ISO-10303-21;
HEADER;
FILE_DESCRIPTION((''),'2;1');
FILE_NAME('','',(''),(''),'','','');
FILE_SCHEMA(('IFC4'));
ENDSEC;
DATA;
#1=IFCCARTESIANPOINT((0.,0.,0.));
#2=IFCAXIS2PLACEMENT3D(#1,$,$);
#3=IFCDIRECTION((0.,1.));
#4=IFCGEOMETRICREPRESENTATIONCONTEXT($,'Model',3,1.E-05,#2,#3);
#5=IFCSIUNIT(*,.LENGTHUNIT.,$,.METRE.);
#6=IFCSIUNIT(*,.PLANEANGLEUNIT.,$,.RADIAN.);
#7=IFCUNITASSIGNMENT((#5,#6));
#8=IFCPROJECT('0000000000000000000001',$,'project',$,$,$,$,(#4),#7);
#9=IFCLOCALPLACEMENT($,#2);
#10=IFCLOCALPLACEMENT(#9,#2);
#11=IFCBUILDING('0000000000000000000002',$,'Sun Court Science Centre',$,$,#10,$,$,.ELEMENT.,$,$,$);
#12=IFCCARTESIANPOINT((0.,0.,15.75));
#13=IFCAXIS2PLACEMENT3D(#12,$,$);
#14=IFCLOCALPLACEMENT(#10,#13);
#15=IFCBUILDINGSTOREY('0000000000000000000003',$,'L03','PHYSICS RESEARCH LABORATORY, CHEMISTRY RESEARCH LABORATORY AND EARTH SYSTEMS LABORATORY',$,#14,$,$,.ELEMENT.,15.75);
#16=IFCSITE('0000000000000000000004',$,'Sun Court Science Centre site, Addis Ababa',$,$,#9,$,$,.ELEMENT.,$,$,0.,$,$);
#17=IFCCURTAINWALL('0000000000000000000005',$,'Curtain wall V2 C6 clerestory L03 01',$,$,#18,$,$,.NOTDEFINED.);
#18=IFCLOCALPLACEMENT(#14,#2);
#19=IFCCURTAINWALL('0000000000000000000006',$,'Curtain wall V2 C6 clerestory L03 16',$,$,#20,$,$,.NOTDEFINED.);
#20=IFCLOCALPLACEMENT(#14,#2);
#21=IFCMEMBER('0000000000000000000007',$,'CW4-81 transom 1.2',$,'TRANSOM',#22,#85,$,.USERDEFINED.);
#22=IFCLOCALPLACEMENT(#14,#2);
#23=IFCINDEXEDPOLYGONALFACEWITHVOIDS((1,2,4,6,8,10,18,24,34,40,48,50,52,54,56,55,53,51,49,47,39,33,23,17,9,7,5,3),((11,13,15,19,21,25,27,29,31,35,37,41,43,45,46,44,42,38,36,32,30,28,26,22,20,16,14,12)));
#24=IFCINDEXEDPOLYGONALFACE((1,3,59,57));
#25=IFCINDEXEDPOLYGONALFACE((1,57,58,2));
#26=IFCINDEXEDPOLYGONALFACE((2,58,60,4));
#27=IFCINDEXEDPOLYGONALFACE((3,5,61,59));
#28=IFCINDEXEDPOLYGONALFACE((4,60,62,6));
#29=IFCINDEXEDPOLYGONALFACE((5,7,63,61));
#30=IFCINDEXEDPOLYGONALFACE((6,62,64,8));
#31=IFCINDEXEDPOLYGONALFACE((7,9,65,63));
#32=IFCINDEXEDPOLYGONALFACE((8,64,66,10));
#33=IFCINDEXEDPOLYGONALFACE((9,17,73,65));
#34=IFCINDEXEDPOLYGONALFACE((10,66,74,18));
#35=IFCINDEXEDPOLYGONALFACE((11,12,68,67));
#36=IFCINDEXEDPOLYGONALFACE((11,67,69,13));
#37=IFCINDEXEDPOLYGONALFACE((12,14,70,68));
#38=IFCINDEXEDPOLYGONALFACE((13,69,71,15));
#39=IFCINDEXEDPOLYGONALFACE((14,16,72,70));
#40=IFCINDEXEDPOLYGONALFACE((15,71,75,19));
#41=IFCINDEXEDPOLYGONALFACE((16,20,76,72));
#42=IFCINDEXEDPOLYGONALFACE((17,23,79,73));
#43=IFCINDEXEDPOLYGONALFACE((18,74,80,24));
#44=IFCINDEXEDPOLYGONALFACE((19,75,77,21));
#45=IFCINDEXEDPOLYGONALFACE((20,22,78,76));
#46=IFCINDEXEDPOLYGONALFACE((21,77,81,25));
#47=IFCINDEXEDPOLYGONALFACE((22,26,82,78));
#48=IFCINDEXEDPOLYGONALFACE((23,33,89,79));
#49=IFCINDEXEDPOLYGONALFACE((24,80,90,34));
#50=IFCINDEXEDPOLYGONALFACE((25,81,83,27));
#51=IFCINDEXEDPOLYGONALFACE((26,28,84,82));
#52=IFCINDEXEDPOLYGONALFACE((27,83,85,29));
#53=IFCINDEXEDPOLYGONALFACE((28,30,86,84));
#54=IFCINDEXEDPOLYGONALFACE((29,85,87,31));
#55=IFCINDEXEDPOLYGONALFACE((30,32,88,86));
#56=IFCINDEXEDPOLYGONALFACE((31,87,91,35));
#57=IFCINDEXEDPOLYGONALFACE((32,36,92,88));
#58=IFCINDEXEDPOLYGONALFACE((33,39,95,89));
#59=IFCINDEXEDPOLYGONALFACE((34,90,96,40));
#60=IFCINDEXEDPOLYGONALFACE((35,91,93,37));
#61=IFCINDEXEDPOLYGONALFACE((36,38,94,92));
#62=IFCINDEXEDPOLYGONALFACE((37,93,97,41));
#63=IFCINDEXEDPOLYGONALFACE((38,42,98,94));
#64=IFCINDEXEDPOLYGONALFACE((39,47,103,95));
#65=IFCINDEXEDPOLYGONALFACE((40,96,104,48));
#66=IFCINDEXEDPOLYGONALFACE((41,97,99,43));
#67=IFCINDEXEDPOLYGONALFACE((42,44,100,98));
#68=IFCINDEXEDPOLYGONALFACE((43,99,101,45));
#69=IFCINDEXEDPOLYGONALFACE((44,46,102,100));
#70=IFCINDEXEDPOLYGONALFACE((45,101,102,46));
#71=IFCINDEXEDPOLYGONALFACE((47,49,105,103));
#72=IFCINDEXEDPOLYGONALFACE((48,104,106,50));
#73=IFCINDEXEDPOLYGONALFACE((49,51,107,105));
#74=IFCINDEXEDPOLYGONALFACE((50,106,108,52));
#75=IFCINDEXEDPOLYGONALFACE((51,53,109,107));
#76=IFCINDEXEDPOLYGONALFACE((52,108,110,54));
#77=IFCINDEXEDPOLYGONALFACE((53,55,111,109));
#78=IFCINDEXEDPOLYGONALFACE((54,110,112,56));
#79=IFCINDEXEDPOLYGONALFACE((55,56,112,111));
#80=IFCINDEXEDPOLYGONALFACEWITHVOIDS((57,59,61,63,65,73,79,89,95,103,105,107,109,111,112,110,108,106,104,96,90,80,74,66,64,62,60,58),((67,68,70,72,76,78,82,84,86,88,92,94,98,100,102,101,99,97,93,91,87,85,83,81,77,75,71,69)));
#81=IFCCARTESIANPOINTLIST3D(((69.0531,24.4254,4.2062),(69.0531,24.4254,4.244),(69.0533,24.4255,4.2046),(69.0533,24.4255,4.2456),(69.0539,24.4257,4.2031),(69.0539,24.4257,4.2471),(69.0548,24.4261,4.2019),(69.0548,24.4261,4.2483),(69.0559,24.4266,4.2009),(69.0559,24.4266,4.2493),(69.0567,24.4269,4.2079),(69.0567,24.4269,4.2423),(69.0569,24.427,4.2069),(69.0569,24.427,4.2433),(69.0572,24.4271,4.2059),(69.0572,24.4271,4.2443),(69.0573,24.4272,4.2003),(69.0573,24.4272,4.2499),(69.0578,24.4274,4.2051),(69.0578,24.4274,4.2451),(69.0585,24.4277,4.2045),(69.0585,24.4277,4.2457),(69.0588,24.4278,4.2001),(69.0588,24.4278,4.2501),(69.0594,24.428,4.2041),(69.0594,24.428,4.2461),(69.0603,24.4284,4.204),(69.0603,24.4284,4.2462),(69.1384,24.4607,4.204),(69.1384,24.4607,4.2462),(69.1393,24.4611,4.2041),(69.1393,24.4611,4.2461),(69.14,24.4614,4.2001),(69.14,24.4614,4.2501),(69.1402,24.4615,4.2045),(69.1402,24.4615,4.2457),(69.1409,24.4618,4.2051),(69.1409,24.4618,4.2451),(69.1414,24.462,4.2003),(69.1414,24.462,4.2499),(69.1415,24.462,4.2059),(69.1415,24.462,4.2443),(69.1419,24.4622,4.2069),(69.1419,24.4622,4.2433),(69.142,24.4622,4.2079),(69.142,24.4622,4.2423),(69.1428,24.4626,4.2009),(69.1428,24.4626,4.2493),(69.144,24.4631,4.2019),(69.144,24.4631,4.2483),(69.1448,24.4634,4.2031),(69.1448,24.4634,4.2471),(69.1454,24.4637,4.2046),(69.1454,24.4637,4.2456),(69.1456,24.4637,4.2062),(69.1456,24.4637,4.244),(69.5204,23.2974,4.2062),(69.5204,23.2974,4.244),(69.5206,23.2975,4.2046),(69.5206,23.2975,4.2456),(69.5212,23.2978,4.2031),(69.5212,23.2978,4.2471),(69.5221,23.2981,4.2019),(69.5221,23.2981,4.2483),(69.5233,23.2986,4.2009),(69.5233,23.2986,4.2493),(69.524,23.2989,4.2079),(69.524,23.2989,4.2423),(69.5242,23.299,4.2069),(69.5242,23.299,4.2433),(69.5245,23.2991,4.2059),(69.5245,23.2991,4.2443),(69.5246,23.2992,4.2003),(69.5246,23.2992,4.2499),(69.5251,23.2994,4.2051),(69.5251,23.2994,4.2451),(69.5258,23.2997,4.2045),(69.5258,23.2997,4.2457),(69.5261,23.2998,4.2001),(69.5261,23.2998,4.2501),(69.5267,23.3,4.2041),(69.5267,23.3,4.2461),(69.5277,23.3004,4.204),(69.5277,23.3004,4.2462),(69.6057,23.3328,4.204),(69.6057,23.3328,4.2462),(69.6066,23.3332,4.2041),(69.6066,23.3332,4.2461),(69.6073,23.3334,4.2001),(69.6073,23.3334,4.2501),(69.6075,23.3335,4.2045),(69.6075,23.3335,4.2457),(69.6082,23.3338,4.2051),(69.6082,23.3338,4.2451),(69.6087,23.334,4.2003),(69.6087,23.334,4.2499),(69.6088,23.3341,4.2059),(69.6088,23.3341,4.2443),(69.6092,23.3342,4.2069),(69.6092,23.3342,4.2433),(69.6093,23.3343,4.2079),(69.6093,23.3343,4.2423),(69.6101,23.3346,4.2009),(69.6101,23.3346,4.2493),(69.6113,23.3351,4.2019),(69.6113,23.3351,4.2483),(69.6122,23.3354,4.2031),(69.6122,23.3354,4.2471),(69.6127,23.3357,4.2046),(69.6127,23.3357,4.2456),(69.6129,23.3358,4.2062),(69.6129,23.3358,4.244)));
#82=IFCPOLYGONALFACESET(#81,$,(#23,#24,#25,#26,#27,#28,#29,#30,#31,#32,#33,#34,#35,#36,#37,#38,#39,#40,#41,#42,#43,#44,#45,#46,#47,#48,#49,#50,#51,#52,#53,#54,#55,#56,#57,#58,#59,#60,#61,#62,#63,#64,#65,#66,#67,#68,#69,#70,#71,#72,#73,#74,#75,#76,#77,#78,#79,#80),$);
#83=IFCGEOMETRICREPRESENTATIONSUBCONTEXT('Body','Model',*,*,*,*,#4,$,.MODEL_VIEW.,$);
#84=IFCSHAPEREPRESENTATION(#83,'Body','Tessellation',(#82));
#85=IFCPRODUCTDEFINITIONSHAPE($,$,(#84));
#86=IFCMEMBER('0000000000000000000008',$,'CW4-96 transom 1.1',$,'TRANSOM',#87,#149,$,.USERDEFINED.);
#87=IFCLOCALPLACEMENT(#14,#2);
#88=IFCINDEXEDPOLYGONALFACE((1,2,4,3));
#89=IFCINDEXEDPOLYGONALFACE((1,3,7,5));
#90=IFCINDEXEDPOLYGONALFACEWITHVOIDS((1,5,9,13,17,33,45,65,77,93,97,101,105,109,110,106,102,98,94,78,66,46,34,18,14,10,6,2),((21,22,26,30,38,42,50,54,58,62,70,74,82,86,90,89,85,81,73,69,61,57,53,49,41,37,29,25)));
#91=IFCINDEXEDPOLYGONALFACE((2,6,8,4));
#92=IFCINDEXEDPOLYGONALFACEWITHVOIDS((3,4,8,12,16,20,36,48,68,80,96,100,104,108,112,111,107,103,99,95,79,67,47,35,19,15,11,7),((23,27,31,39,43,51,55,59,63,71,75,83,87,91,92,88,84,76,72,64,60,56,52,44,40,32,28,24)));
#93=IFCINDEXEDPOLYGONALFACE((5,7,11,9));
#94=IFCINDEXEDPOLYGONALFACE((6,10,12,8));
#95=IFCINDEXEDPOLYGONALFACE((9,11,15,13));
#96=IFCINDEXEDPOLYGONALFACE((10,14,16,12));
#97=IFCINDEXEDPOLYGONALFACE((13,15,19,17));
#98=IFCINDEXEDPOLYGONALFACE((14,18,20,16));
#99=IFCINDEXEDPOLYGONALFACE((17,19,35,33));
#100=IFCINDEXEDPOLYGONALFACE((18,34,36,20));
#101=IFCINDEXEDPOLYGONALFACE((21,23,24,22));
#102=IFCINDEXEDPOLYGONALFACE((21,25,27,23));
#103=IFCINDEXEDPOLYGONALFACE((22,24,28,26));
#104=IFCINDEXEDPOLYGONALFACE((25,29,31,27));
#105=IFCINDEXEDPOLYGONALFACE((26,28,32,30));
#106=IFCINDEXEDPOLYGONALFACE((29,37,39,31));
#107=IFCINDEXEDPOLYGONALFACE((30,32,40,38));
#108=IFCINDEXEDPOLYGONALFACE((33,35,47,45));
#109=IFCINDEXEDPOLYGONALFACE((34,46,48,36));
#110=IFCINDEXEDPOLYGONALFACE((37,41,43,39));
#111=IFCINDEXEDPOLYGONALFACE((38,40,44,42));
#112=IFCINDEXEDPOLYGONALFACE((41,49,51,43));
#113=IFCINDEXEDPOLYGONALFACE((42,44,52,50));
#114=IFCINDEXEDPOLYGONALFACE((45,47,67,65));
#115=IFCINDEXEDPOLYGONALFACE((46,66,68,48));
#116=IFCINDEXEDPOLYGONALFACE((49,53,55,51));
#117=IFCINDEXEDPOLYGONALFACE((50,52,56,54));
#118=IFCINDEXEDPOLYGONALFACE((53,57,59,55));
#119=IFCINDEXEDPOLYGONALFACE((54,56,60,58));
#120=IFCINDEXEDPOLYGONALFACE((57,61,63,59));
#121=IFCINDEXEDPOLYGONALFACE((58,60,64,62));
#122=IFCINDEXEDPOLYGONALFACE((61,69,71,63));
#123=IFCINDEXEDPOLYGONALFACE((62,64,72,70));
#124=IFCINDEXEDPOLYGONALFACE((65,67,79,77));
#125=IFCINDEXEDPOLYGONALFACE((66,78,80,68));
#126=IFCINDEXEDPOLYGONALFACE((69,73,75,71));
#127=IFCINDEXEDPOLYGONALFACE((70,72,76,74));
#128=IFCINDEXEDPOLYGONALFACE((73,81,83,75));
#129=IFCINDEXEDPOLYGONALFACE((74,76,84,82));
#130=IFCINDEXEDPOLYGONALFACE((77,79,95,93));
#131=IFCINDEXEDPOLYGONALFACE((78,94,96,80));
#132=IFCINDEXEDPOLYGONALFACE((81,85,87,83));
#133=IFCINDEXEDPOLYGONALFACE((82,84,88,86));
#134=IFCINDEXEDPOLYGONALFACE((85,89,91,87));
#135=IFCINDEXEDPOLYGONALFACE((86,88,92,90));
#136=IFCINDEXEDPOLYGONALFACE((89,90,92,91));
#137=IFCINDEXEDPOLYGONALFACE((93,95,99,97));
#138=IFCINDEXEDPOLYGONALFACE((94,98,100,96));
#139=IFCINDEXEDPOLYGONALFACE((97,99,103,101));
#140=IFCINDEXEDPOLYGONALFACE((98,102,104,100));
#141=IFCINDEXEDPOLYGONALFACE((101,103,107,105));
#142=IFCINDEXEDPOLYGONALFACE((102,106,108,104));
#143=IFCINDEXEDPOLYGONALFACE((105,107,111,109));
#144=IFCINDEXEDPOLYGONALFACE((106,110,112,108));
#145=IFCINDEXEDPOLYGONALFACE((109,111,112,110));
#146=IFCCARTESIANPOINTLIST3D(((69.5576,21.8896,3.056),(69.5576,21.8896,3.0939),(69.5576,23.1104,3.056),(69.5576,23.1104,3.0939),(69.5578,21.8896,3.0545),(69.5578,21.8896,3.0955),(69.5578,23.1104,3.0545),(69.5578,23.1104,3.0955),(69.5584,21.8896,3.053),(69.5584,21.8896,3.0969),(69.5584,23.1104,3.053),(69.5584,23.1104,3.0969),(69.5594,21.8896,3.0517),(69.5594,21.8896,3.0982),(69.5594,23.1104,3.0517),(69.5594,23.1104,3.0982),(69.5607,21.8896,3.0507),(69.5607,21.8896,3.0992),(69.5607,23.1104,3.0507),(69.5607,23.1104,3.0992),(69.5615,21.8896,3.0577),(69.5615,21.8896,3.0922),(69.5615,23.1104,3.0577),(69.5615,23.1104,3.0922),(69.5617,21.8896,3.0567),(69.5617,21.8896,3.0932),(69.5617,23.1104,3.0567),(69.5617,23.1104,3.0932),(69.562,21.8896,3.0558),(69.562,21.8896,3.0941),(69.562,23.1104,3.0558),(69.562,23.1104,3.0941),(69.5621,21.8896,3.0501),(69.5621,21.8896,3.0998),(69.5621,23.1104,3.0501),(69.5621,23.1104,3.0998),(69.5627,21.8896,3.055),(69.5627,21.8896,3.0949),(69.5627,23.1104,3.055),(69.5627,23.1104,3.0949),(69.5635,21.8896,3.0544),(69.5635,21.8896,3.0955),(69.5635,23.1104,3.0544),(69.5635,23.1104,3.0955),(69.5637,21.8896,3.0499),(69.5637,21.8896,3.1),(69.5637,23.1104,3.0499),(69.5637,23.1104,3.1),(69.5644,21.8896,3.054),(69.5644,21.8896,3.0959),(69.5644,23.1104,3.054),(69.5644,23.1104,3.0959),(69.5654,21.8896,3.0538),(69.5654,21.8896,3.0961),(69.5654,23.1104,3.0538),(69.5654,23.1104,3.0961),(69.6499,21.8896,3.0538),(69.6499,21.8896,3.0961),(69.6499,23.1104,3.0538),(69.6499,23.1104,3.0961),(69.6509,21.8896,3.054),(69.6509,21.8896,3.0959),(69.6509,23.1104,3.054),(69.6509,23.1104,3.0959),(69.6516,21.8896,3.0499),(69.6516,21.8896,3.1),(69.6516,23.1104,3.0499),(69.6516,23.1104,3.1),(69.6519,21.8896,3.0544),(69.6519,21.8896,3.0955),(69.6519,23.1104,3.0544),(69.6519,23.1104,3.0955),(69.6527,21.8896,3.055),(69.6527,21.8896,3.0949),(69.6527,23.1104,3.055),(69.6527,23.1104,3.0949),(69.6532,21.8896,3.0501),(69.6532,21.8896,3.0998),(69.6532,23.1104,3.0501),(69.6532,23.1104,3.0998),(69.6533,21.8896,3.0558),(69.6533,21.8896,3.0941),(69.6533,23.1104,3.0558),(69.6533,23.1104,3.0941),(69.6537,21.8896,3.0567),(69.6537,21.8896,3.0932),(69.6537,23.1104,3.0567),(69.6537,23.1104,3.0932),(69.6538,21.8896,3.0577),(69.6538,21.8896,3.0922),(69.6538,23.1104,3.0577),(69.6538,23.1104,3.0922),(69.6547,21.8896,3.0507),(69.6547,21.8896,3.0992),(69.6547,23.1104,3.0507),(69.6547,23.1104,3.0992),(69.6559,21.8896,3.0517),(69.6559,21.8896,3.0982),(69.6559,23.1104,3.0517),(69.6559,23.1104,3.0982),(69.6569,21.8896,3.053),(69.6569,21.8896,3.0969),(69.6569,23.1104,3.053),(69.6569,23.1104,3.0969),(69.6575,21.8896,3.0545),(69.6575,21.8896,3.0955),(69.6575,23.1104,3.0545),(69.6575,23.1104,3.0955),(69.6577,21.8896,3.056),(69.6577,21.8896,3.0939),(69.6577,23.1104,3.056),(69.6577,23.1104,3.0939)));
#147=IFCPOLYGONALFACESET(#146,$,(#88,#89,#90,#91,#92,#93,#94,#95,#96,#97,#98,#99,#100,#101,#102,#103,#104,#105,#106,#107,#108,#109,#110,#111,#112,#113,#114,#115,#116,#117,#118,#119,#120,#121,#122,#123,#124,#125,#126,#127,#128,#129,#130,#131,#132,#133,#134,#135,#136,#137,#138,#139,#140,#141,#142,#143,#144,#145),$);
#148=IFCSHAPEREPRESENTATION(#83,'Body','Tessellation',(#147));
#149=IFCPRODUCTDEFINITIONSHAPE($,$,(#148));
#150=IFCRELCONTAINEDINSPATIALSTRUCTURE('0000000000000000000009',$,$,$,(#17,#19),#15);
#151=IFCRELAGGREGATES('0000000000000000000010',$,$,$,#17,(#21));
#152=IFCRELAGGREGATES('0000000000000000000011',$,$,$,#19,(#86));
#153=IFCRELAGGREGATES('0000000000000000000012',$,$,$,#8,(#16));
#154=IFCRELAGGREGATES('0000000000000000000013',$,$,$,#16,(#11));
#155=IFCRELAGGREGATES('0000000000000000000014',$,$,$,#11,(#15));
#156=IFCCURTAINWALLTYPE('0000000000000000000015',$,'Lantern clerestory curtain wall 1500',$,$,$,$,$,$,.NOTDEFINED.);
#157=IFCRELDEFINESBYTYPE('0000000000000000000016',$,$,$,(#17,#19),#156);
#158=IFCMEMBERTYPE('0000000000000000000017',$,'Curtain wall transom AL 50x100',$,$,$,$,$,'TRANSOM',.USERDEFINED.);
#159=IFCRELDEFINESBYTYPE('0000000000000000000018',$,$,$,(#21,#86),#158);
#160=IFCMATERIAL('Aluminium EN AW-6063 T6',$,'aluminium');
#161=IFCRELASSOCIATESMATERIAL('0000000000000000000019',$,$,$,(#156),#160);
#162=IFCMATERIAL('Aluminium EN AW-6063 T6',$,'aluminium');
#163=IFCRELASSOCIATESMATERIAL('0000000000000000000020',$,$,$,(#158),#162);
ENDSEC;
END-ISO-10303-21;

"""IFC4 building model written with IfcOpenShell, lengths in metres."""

from ifc_helpers import new_model, si_unit, direction, frame, origin, origin_2d, place, context, subcontext, project, spatial, hollow_rectangle, extrude, material, material_profile, profile_set, type_object, element, aggregate, save


model = new_model("IFC4")

# Units and contexts
model_context = context("Model", 3, precision=1e-05, world=origin(), true_north=direction((0.0, 1.0)))
body_context = subcontext(model_context, "Body", "Model", "MODEL_VIEW")
ifc_project = project(units=[si_unit("LENGTHUNIT", "METRE"), si_unit("PLANEANGLEUNIT", "RADIAN")], contexts=[model_context])

# Site, building, storey
site_placement = place(None, origin())
site = spatial("IfcSite", under=ifc_project, at=site_placement, Name="Sun Court Science Centre site, Addis Ababa", CompositionType="ELEMENT", RefElevation=0.0)
building_placement = place(site_placement, origin())
building = spatial("IfcBuilding", under=site, at=building_placement, Name="Sun Court Science Centre", CompositionType="ELEMENT")
storey_placement = place(building_placement, frame((0.0, 0.0, 15.75)))
storey = spatial("IfcBuildingStorey", under=building, at=storey_placement, Name="L03", Description="PHYSICS RESEARCH LABORATORY, CHEMISTRY RESEARCH LABORATORY AND EARTH SYSTEMS LABORATORY", CompositionType="ELEMENT", Elevation=15.75)

# Curtain wall
ifc_material_1 = material(Name="Aluminium EN AW-6063 T6", Category="aluminium")
curtain_wall_type = type_object("IfcCurtainWallType", Name="Lantern clerestory curtain wall 1500", PredefinedType="NOTDEFINED", material=ifc_material_1)
curtain_wall_1_placement = place(storey_placement, origin())
curtain_wall_1 = element("IfcCurtainWall", 1, at=curtain_wall_1_placement, inside=storey, type_object=curtain_wall_type, Name="Curtain wall V2 C6 clerestory L03 01", PredefinedType="NOTDEFINED")

# Curtain wall
curtain_wall_2_placement = place(storey_placement, origin())
curtain_wall_2 = element("IfcCurtainWall", 2, at=curtain_wall_2_placement, inside=storey, type_object=curtain_wall_type, Name="Curtain wall V2 C6 clerestory L03 16", PredefinedType="NOTDEFINED")

# Members
ifc_material_2 = material(Name="Aluminium EN AW-6063 T6", Category="aluminium")
ifc_material_profile_1 = material_profile(ifc_material_2, hollow_rectangle(XDim=0.05, YDim=0.1001, WallThickness=0.0039, InnerFilletRadius=0.0039, OuterFilletRadius=0.0061, at=origin_2d()), Name="AL 50x100x4")
ifc_profile_set_1 = profile_set([ifc_material_profile_1], Name="Aluminium EN AW-6063 T6")
member_type_1 = type_object("IfcMemberType", Name="Curtain wall transom AL 50x100", ElementType="TRANSOM", PredefinedType="USERDEFINED", material=ifc_profile_set_1)
member_1_placement = place(storey_placement, frame((69.0994, 24.4446, 4.2251), z_axis=(0.38274, -0.923856, 0.0), x_axis=(0.0, 0.0, 1.0)))
member_1 = element("IfcMember", 3, at=member_1_placement, type_object=member_type_1, Name="CW4-81 transom 1.2", ObjectType="TRANSOM", PredefinedType="USERDEFINED", context=body_context, shape_type="SweptSolid", body=[
    extrude(hollow_rectangle(XDim=0.05, YDim=0.1001, WallThickness=0.0039, InnerFilletRadius=0.0039, OuterFilletRadius=0.0061, at=origin_2d()), origin(), (0.0, 0.0, 1.0), 1.2209),
])
member_2_placement = place(storey_placement, frame((69.6077, 23.1104, 3.075), z_axis=(0.0, -1.0, 0.0), x_axis=(0.0, 0.0, 1.0)))
member_2 = element("IfcMember", 4, at=member_2_placement, type_object=member_type_1, Name="CW4-96 transom 1.1", ObjectType="TRANSOM", PredefinedType="USERDEFINED", context=body_context, shape_type="SweptSolid", body=[
    extrude(hollow_rectangle(XDim=0.05, YDim=0.1001, WallThickness=0.0039, InnerFilletRadius=0.0039, OuterFilletRadius=0.0061, at=origin_2d()), origin(), (0.0, 0.0, 1.0), 1.2207),
])

aggregate(curtain_wall_1, [member_1])
aggregate(curtain_wall_2, [member_2])

save(model, "model.ifc")
